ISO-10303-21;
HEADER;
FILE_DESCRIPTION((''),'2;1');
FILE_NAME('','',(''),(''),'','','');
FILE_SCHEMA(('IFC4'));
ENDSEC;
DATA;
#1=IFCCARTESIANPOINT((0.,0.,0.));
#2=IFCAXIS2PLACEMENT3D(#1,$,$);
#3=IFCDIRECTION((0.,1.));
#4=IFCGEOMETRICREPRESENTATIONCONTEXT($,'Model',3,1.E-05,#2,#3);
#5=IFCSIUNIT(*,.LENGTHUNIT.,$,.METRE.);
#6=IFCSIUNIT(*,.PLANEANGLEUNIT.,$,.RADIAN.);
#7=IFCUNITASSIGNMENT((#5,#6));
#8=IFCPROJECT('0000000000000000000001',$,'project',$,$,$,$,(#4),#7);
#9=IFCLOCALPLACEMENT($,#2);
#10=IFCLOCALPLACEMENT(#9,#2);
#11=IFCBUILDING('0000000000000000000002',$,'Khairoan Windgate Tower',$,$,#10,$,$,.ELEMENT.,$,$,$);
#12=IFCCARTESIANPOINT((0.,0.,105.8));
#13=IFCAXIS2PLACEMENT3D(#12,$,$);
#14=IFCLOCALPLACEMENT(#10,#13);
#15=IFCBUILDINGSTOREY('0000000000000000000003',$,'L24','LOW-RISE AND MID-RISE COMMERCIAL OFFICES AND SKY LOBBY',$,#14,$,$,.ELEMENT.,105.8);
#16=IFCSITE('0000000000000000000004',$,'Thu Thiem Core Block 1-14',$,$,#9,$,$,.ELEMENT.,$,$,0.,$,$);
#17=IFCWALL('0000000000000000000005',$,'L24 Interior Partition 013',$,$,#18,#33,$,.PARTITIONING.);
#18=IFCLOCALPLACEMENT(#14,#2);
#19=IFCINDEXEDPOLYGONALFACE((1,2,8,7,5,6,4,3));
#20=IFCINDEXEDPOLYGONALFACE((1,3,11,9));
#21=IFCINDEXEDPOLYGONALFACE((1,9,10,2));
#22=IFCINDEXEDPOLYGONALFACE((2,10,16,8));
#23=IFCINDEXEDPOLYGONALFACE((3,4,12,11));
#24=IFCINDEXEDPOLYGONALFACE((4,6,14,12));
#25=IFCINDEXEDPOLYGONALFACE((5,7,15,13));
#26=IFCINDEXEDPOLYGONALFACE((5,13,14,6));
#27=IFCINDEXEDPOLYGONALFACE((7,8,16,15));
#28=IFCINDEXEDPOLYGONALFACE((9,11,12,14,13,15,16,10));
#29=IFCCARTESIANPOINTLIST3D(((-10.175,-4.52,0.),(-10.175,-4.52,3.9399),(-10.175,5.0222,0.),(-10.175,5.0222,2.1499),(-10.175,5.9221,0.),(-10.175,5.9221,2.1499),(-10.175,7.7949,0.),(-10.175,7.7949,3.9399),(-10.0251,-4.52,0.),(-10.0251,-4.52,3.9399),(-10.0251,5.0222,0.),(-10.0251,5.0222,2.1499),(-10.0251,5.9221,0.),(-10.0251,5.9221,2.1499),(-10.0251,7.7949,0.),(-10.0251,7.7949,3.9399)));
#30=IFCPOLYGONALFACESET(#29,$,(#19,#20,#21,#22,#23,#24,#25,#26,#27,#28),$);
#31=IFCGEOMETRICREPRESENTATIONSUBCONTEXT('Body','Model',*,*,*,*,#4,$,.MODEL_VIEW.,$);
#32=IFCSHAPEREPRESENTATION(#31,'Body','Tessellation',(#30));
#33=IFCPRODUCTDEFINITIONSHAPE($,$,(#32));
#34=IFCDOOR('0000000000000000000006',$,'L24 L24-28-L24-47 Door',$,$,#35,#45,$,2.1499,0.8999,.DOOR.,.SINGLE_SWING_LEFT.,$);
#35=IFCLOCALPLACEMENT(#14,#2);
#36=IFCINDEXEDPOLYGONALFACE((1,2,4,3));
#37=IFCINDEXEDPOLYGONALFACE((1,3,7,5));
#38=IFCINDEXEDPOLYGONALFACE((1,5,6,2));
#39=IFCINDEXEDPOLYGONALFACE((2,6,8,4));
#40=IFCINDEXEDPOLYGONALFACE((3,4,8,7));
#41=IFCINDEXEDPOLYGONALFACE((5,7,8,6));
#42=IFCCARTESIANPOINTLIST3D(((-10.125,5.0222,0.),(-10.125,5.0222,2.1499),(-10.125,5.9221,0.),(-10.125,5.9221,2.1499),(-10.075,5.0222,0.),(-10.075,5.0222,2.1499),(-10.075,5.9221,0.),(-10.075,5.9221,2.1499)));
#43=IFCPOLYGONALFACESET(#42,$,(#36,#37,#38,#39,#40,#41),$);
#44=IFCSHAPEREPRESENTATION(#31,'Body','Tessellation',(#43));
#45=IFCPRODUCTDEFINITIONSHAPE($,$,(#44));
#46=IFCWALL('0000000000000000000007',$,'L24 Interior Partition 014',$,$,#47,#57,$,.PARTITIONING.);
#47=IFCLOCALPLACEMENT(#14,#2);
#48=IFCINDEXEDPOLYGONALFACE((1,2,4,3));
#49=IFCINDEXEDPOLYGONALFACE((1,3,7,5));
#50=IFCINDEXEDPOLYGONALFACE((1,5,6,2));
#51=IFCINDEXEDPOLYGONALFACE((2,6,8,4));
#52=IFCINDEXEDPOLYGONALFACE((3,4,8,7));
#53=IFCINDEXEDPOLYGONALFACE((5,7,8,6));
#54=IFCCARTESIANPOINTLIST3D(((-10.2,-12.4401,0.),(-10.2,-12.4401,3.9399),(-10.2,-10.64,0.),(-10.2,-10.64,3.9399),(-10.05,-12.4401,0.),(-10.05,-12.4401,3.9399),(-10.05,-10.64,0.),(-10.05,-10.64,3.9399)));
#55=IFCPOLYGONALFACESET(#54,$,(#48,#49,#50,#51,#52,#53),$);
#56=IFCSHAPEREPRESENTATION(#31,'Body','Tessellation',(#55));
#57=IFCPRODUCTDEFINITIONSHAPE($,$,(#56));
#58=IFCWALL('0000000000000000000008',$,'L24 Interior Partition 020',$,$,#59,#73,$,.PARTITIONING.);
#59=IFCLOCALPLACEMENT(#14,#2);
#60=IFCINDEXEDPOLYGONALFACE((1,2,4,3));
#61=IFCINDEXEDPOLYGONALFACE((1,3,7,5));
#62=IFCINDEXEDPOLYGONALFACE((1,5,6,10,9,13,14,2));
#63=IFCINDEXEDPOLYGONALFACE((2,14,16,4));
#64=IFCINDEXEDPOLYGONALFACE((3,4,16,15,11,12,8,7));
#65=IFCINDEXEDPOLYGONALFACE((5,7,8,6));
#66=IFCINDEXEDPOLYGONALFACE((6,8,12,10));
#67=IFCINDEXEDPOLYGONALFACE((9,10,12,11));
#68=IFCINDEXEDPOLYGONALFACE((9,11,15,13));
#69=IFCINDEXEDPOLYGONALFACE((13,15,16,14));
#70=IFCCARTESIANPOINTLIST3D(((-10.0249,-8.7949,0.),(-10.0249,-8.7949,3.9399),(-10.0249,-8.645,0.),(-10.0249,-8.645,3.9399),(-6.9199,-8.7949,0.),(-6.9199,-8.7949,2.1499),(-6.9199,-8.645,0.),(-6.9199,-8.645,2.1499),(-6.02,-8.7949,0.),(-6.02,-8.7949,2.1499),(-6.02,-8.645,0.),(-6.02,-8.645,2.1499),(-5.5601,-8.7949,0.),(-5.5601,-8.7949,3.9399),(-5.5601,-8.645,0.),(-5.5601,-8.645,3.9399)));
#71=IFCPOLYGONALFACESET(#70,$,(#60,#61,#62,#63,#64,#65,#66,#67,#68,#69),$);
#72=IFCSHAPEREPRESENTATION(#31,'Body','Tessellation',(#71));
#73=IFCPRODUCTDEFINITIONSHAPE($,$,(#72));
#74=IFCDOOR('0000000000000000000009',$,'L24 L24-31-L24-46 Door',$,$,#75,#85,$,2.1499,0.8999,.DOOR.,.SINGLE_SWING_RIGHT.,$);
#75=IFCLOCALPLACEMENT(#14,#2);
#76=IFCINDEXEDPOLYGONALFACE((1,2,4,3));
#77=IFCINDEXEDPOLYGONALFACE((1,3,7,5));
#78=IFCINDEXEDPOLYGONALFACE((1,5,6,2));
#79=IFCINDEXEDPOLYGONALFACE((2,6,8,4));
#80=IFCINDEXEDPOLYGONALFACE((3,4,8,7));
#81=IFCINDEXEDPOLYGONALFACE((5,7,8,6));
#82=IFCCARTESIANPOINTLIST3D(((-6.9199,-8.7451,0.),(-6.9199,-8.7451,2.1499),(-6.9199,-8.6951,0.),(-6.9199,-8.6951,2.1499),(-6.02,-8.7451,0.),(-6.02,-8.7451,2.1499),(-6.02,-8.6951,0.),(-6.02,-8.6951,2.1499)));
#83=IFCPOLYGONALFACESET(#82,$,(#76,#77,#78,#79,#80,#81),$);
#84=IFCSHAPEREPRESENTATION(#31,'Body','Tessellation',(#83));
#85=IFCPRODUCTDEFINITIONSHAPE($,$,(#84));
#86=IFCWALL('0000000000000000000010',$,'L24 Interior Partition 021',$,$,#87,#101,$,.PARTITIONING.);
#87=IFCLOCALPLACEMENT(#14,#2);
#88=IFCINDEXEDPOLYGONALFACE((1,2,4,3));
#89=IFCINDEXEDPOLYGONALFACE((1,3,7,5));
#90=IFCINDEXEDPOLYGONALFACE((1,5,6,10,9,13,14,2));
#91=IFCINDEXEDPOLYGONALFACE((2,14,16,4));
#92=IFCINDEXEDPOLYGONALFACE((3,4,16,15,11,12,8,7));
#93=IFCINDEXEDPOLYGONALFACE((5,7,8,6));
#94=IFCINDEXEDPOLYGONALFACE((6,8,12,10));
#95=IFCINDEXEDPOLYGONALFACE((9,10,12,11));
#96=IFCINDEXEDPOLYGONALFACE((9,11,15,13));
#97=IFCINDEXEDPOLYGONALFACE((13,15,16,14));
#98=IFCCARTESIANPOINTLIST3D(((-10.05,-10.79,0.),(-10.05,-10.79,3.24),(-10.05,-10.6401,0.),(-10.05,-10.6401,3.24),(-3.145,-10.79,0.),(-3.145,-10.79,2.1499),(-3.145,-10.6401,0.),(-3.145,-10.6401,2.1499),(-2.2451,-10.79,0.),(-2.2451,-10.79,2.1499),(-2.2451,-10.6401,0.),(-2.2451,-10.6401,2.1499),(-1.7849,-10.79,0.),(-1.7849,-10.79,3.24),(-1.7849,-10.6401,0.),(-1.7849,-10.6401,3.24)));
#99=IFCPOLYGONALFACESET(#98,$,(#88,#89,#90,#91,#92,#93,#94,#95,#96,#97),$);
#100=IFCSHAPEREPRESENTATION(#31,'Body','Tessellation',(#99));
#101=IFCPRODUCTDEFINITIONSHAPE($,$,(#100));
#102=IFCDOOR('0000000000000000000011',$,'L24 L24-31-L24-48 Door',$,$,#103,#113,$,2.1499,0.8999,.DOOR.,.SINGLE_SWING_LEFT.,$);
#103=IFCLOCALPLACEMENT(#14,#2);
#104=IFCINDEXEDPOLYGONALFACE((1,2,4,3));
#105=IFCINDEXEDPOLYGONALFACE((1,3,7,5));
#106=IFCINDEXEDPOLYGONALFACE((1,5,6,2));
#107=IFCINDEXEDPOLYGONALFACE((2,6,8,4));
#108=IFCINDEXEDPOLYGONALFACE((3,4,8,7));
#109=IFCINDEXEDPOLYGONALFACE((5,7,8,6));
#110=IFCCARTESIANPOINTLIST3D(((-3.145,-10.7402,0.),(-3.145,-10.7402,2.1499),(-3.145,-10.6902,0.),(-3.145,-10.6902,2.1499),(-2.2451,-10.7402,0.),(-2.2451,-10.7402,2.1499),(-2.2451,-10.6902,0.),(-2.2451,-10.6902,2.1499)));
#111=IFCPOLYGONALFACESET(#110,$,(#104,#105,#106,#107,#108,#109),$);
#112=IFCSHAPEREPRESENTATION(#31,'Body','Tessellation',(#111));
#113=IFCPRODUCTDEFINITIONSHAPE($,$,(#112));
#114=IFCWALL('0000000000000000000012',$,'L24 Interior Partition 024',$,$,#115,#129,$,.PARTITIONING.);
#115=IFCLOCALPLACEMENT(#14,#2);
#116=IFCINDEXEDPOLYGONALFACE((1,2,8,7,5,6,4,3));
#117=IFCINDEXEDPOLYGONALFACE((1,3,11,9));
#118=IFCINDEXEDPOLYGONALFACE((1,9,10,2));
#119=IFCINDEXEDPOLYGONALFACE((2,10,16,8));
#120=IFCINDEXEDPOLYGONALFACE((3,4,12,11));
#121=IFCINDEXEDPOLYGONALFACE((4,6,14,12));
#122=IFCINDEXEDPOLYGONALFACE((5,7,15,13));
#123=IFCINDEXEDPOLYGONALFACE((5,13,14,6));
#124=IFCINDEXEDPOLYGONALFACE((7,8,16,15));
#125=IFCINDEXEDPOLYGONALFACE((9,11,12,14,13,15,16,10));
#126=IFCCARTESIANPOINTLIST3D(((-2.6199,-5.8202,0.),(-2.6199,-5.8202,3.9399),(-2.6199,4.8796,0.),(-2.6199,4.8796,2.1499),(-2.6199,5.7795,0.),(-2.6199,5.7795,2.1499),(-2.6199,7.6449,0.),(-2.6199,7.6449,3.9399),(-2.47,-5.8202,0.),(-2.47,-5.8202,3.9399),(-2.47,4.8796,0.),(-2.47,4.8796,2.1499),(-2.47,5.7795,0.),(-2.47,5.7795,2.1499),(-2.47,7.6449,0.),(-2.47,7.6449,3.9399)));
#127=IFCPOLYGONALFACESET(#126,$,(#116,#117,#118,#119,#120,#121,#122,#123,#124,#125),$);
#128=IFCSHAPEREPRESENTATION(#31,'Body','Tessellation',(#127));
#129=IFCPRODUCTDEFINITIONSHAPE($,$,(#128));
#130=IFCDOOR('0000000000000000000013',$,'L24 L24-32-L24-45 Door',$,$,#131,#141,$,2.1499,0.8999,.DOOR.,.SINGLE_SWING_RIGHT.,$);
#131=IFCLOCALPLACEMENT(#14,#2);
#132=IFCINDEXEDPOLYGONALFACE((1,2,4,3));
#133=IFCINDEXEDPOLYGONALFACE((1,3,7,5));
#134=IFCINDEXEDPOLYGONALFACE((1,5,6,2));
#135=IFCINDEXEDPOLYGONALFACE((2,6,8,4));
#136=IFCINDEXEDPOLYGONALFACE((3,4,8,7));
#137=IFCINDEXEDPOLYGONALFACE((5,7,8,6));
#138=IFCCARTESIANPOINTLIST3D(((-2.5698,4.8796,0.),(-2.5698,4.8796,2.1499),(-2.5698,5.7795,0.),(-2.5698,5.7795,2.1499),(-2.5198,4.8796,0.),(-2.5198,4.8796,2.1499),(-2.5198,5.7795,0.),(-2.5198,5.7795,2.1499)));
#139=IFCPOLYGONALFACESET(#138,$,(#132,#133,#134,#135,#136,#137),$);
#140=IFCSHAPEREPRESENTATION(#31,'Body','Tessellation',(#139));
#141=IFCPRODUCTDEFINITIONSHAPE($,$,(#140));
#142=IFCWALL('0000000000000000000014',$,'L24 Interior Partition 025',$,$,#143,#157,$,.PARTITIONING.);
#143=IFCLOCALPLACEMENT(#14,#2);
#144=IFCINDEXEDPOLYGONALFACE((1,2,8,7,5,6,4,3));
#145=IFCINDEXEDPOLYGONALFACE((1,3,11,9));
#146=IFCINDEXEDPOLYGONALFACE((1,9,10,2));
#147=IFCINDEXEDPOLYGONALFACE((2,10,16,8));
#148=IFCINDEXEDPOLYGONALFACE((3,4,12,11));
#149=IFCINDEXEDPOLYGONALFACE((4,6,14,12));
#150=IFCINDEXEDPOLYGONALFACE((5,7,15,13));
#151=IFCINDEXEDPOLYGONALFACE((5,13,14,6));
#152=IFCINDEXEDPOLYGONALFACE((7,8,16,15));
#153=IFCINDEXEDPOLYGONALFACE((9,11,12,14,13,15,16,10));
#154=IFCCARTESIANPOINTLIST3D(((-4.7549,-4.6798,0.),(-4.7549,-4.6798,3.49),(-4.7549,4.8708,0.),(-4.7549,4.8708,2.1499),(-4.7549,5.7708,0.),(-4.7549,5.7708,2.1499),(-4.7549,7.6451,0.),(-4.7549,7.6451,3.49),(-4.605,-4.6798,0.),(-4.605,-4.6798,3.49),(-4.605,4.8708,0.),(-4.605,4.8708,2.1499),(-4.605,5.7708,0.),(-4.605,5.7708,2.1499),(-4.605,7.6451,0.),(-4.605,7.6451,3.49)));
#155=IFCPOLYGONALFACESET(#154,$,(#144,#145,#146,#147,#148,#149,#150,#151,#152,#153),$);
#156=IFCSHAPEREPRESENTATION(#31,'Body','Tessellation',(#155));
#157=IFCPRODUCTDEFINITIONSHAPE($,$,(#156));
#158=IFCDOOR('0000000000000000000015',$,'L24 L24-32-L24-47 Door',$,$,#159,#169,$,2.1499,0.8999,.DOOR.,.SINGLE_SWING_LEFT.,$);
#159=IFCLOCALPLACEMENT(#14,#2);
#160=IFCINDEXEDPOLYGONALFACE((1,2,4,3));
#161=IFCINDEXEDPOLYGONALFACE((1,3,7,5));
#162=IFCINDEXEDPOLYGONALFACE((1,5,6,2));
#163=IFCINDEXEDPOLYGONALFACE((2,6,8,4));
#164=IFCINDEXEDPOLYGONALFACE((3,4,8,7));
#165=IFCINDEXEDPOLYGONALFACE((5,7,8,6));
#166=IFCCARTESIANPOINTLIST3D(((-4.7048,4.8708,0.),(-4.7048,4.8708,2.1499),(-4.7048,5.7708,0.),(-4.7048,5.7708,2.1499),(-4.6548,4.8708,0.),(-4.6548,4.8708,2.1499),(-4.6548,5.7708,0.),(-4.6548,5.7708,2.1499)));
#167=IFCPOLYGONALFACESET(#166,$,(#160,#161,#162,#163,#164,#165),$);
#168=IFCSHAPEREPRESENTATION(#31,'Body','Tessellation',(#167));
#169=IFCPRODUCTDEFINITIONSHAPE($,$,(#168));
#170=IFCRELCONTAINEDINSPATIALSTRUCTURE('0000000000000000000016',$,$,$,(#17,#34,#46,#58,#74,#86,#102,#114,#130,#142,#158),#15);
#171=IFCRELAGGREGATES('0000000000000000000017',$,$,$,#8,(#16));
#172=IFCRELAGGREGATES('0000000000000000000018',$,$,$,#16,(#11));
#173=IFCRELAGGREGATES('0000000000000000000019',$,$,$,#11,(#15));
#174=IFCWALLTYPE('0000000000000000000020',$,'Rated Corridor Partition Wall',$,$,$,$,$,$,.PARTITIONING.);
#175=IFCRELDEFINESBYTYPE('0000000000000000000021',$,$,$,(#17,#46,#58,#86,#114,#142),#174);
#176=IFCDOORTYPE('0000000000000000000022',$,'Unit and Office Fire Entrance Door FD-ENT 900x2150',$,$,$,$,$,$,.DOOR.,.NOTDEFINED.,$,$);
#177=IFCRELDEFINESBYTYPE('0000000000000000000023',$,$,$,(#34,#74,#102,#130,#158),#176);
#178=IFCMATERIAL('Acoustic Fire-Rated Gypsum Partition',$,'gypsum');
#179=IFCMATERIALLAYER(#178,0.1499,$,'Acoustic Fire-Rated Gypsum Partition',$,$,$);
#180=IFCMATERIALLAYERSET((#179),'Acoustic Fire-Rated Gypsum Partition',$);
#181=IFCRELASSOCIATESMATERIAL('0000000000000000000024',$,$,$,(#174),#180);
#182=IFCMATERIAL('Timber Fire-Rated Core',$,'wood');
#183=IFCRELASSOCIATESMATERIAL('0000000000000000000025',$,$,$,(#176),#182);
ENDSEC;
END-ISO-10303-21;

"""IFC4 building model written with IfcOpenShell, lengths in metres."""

from ifc_helpers import new_model, si_unit, direction, frame, frame_2d, origin, place, context, subcontext, project, spatial, rectangle, extrude, material, layer, layer_set, type_object, element, fill, save


model = new_model("IFC4")

# Units and contexts
model_context = context("Model", 3, precision=1e-05, world=origin(), true_north=direction((0.0, 1.0)))
body_context = subcontext(model_context, "Body", "Model", "MODEL_VIEW")
ifc_project = project(units=[si_unit("LENGTHUNIT", "METRE"), si_unit("PLANEANGLEUNIT", "RADIAN")], contexts=[model_context])

# Site, building, storey
site_placement = place(None, origin())
site = spatial("IfcSite", under=ifc_project, at=site_placement, Name="Thu Thiem Core Block 1-14", CompositionType="ELEMENT", RefElevation=0.0)
building_placement = place(site_placement, origin())
building = spatial("IfcBuilding", under=site, at=building_placement, Name="Khairoan Windgate Tower", CompositionType="ELEMENT")
storey_placement = place(building_placement, frame((0.0, 0.0, 105.8)))
storey = spatial("IfcBuildingStorey", under=building, at=storey_placement, Name="L24", Description="LOW-RISE AND MID-RISE COMMERCIAL OFFICES AND SKY LOBBY", CompositionType="ELEMENT", Elevation=105.8)

# Wall, opening, door
ifc_material_1 = material(Name="Acoustic Fire-Rated Gypsum Partition", Category="gypsum")
ifc_layer_1 = layer(ifc_material_1, 0.1499, Name="Acoustic Fire-Rated Gypsum Partition")
ifc_layer_set_1 = layer_set([ifc_layer_1], Name="Acoustic Fire-Rated Gypsum Partition")
wall_type_1 = type_object("IfcWallType", Name="Rated Corridor Partition Wall", PredefinedType="PARTITIONING", material=ifc_layer_set_1)
ifc_material_2 = material(Name="Timber Fire-Rated Core", Category="wood")
door_type = type_object("IfcDoorType", Name="Unit and Office Fire Entrance Door FD-ENT 900x2150", OperationType="NOTDEFINED", PredefinedType="DOOR", material=ifc_material_2)
wall_1_placement = place(storey_placement, frame((-10.1001, -4.52, 0.0), z_axis=(0.0, 0.0, 1.0), x_axis=(0.0, 1.0, 0.0)))
wall_1 = element("IfcWall", 1, at=wall_1_placement, inside=storey, type_object=wall_type_1, Name="L24 Interior Partition 013", PredefinedType="PARTITIONING", context=body_context, shape_type="SweptSolid", body=[
    extrude(rectangle(XDim=12.3149, YDim=0.1499, at=frame_2d((6.1575, 0.0))), origin(), (0.0, 0.0, 1.0), 3.9399),
])
opening_1_placement = place(wall_1_placement, frame((9.5422, 0.0, 0.0)))
opening_1 = element("IfcOpeningElement", 2, at=opening_1_placement, cuts=wall_1, PredefinedType="OPENING", context=body_context, shape_type="SweptSolid", body=[
    extrude(rectangle(XDim=0.8999, YDim=2.1499, at=frame_2d((0.45, 1.075))), frame((0.0, 0.085, 0.0), z_axis=(0.0, -1.0, 0.0), x_axis=(1.0, 0.0, 0.0)), (0.0, 0.0, 1.0), 0.1699),
])
door_1_placement = place(opening_1_placement, origin())
door_1 = element("IfcDoor", 3, at=door_1_placement, inside=storey, type_object=door_type, Name="L24 L24-28-L24-47 Door", OperationType="SINGLE_SWING_LEFT", OverallHeight=2.1499, OverallWidth=0.8999, PredefinedType="DOOR", context=body_context, shape_type="SweptSolid", body=[
    extrude(rectangle(XDim=0.8999, YDim=2.1499, at=frame_2d((0.45, 1.075))), frame((0.0, 0.0249, 0.0), z_axis=(0.0, -1.0, 0.0), x_axis=(1.0, 0.0, 0.0)), (0.0, 0.0, 1.0), 0.05),
])
fill(opening_1, door_1)

# Wall
wall_2_placement = place(storey_placement, frame((-10.125, -12.4399, 0.0), z_axis=(0.0, 0.0, 1.0), x_axis=(0.0, 1.0, 0.0)))
element("IfcWall", 4, at=wall_2_placement, inside=storey, type_object=wall_type_1, Name="L24 Interior Partition 014", PredefinedType="PARTITIONING", context=body_context, shape_type="SweptSolid", body=[
    extrude(rectangle(XDim=1.8, YDim=0.1499, at=frame_2d((0.8999, 0.0))), origin(), (0.0, 0.0, 1.0), 3.9399),
])

# Walls, openings, doors
wall_3_placement = place(storey_placement, frame((-10.0249, -8.72, 0.0), z_axis=(0.0, 0.0, 1.0), x_axis=(1.0, 0.0, 0.0)))
wall_3 = element("IfcWall", 5, at=wall_3_placement, inside=storey, type_object=wall_type_1, Name="L24 Interior Partition 020", PredefinedType="PARTITIONING", context=body_context, shape_type="SweptSolid", body=[
    extrude(rectangle(XDim=4.4648, YDim=0.1499, at=frame_2d((2.2324, 0.0))), origin(), (0.0, 0.0, 1.0), 3.9399),
])
opening_2_placement = place(wall_3_placement, frame((3.105, 0.0, 0.0)))
opening_2 = element("IfcOpeningElement", 6, at=opening_2_placement, cuts=wall_3, PredefinedType="OPENING", context=body_context, shape_type="SweptSolid", body=[
    extrude(rectangle(XDim=0.8999, YDim=2.1499, at=frame_2d((0.45, 1.075))), frame((0.0, 0.085, 0.0), z_axis=(0.0, -1.0, 0.0), x_axis=(1.0, 0.0, 0.0)), (0.0, 0.0, 1.0), 0.1699),
])
door_2_placement = place(opening_2_placement, origin())
door_2 = element("IfcDoor", 7, at=door_2_placement, inside=storey, type_object=door_type, Name="L24 L24-31-L24-46 Door", OperationType="SINGLE_SWING_RIGHT", OverallHeight=2.1499, OverallWidth=0.8999, PredefinedType="DOOR", context=body_context, shape_type="SweptSolid", body=[
    extrude(rectangle(XDim=0.8999, YDim=2.1499, at=frame_2d((0.45, 1.075))), frame((0.0, 0.0249, 0.0), z_axis=(0.0, -1.0, 0.0), x_axis=(1.0, 0.0, 0.0)), (0.0, 0.0, 1.0), 0.05),
])
fill(opening_2, door_2)
wall_4_placement = place(storey_placement, frame((-10.05, -10.7151, 0.0), z_axis=(0.0, 0.0, 1.0), x_axis=(1.0, 0.0, 0.0)))
wall_4 = element("IfcWall", 8, at=wall_4_placement, inside=storey, type_object=wall_type_1, Name="L24 Interior Partition 021", PredefinedType="PARTITIONING", context=body_context, shape_type="SweptSolid", body=[
    extrude(rectangle(XDim=8.2651, YDim=0.1499, at=frame_2d((4.1326, 0.0))), origin(), (0.0, 0.0, 1.0), 3.24),
])
opening_3_placement = place(wall_4_placement, frame((6.905, 0.0, 0.0)))
opening_3 = element("IfcOpeningElement", 9, at=opening_3_placement, cuts=wall_4, PredefinedType="OPENING", context=body_context, shape_type="SweptSolid", body=[
    extrude(rectangle(XDim=0.8999, YDim=2.1499, at=frame_2d((0.45, 1.075))), frame((0.0, 0.085, 0.0), z_axis=(0.0, -1.0, 0.0), x_axis=(1.0, 0.0, 0.0)), (0.0, 0.0, 1.0), 0.1699),
])
door_3_placement = place(opening_3_placement, origin())
door_3 = element("IfcDoor", 10, at=door_3_placement, inside=storey, type_object=door_type, Name="L24 L24-31-L24-48 Door", OperationType="SINGLE_SWING_LEFT", OverallHeight=2.1499, OverallWidth=0.8999, PredefinedType="DOOR", context=body_context, shape_type="SweptSolid", body=[
    extrude(rectangle(XDim=0.8999, YDim=2.1499, at=frame_2d((0.45, 1.075))), frame((0.0, 0.0249, 0.0), z_axis=(0.0, -1.0, 0.0), x_axis=(1.0, 0.0, 0.0)), (0.0, 0.0, 1.0), 0.05),
])
fill(opening_3, door_3)
wall_5_placement = place(storey_placement, frame((-2.5449, -5.8201, 0.0), z_axis=(0.0, 0.0, 1.0), x_axis=(0.0, 1.0, 0.0)))
wall_5 = element("IfcWall", 11, at=wall_5_placement, inside=storey, type_object=wall_type_1, Name="L24 Interior Partition 024", PredefinedType="PARTITIONING", context=body_context, shape_type="SweptSolid", body=[
    extrude(rectangle(XDim=13.4651, YDim=0.1499, at=frame_2d((6.7324, 0.0))), origin(), (0.0, 0.0, 1.0), 3.9399),
])
opening_4_placement = place(wall_5_placement, frame((10.6997, 0.0, 0.0)))
opening_4 = element("IfcOpeningElement", 12, at=opening_4_placement, cuts=wall_5, PredefinedType="OPENING", context=body_context, shape_type="SweptSolid", body=[
    extrude(rectangle(XDim=0.8999, YDim=2.1499, at=frame_2d((0.45, 1.075))), frame((0.0, 0.085, 0.0), z_axis=(0.0, -1.0, 0.0), x_axis=(1.0, 0.0, 0.0)), (0.0, 0.0, 1.0), 0.1699),
])
door_4_placement = place(opening_4_placement, origin())
door_4 = element("IfcDoor", 13, at=door_4_placement, inside=storey, type_object=door_type, Name="L24 L24-32-L24-45 Door", OperationType="SINGLE_SWING_RIGHT", OverallHeight=2.1499, OverallWidth=0.8999, PredefinedType="DOOR", context=body_context, shape_type="SweptSolid", body=[
    extrude(rectangle(XDim=0.8999, YDim=2.1499, at=frame_2d((0.45, 1.075))), frame((0.0, 0.0249, 0.0), z_axis=(0.0, -1.0, 0.0), x_axis=(1.0, 0.0, 0.0)), (0.0, 0.0, 1.0), 0.05),
])
fill(opening_4, door_4)
wall_6_placement = place(storey_placement, frame((-4.6799, -4.6799, 0.0), z_axis=(0.0, 0.0, 1.0), x_axis=(0.0, 1.0, 0.0)))
wall_6 = element("IfcWall", 14, at=wall_6_placement, inside=storey, type_object=wall_type_1, Name="L24 Interior Partition 025", PredefinedType="PARTITIONING", context=body_context, shape_type="SweptSolid", body=[
    extrude(rectangle(XDim=12.325, YDim=0.1499, at=frame_2d((6.1626, 0.0))), origin(), (0.0, 0.0, 1.0), 3.49),
])
opening_5_placement = place(wall_6_placement, frame((9.5508, 0.0, 0.0)))
opening_5 = element("IfcOpeningElement", 15, at=opening_5_placement, cuts=wall_6, PredefinedType="OPENING", context=body_context, shape_type="SweptSolid", body=[
    extrude(rectangle(XDim=0.8999, YDim=2.1499, at=frame_2d((0.45, 1.075))), frame((0.0, 0.085, 0.0), z_axis=(0.0, -1.0, 0.0), x_axis=(1.0, 0.0, 0.0)), (0.0, 0.0, 1.0), 0.1699),
])
door_5_placement = place(opening_5_placement, origin())
door_5 = element("IfcDoor", 16, at=door_5_placement, inside=storey, type_object=door_type, Name="L24 L24-32-L24-47 Door", OperationType="SINGLE_SWING_LEFT", OverallHeight=2.1499, OverallWidth=0.8999, PredefinedType="DOOR", context=body_context, shape_type="SweptSolid", body=[
    extrude(rectangle(XDim=0.8999, YDim=2.1499, at=frame_2d((0.45, 1.075))), frame((0.0, 0.0249, 0.0), z_axis=(0.0, -1.0, 0.0), x_axis=(1.0, 0.0, 0.0)), (0.0, 0.0, 1.0), 0.05),
])
fill(opening_5, door_5)

save(model, "model.ifc")
